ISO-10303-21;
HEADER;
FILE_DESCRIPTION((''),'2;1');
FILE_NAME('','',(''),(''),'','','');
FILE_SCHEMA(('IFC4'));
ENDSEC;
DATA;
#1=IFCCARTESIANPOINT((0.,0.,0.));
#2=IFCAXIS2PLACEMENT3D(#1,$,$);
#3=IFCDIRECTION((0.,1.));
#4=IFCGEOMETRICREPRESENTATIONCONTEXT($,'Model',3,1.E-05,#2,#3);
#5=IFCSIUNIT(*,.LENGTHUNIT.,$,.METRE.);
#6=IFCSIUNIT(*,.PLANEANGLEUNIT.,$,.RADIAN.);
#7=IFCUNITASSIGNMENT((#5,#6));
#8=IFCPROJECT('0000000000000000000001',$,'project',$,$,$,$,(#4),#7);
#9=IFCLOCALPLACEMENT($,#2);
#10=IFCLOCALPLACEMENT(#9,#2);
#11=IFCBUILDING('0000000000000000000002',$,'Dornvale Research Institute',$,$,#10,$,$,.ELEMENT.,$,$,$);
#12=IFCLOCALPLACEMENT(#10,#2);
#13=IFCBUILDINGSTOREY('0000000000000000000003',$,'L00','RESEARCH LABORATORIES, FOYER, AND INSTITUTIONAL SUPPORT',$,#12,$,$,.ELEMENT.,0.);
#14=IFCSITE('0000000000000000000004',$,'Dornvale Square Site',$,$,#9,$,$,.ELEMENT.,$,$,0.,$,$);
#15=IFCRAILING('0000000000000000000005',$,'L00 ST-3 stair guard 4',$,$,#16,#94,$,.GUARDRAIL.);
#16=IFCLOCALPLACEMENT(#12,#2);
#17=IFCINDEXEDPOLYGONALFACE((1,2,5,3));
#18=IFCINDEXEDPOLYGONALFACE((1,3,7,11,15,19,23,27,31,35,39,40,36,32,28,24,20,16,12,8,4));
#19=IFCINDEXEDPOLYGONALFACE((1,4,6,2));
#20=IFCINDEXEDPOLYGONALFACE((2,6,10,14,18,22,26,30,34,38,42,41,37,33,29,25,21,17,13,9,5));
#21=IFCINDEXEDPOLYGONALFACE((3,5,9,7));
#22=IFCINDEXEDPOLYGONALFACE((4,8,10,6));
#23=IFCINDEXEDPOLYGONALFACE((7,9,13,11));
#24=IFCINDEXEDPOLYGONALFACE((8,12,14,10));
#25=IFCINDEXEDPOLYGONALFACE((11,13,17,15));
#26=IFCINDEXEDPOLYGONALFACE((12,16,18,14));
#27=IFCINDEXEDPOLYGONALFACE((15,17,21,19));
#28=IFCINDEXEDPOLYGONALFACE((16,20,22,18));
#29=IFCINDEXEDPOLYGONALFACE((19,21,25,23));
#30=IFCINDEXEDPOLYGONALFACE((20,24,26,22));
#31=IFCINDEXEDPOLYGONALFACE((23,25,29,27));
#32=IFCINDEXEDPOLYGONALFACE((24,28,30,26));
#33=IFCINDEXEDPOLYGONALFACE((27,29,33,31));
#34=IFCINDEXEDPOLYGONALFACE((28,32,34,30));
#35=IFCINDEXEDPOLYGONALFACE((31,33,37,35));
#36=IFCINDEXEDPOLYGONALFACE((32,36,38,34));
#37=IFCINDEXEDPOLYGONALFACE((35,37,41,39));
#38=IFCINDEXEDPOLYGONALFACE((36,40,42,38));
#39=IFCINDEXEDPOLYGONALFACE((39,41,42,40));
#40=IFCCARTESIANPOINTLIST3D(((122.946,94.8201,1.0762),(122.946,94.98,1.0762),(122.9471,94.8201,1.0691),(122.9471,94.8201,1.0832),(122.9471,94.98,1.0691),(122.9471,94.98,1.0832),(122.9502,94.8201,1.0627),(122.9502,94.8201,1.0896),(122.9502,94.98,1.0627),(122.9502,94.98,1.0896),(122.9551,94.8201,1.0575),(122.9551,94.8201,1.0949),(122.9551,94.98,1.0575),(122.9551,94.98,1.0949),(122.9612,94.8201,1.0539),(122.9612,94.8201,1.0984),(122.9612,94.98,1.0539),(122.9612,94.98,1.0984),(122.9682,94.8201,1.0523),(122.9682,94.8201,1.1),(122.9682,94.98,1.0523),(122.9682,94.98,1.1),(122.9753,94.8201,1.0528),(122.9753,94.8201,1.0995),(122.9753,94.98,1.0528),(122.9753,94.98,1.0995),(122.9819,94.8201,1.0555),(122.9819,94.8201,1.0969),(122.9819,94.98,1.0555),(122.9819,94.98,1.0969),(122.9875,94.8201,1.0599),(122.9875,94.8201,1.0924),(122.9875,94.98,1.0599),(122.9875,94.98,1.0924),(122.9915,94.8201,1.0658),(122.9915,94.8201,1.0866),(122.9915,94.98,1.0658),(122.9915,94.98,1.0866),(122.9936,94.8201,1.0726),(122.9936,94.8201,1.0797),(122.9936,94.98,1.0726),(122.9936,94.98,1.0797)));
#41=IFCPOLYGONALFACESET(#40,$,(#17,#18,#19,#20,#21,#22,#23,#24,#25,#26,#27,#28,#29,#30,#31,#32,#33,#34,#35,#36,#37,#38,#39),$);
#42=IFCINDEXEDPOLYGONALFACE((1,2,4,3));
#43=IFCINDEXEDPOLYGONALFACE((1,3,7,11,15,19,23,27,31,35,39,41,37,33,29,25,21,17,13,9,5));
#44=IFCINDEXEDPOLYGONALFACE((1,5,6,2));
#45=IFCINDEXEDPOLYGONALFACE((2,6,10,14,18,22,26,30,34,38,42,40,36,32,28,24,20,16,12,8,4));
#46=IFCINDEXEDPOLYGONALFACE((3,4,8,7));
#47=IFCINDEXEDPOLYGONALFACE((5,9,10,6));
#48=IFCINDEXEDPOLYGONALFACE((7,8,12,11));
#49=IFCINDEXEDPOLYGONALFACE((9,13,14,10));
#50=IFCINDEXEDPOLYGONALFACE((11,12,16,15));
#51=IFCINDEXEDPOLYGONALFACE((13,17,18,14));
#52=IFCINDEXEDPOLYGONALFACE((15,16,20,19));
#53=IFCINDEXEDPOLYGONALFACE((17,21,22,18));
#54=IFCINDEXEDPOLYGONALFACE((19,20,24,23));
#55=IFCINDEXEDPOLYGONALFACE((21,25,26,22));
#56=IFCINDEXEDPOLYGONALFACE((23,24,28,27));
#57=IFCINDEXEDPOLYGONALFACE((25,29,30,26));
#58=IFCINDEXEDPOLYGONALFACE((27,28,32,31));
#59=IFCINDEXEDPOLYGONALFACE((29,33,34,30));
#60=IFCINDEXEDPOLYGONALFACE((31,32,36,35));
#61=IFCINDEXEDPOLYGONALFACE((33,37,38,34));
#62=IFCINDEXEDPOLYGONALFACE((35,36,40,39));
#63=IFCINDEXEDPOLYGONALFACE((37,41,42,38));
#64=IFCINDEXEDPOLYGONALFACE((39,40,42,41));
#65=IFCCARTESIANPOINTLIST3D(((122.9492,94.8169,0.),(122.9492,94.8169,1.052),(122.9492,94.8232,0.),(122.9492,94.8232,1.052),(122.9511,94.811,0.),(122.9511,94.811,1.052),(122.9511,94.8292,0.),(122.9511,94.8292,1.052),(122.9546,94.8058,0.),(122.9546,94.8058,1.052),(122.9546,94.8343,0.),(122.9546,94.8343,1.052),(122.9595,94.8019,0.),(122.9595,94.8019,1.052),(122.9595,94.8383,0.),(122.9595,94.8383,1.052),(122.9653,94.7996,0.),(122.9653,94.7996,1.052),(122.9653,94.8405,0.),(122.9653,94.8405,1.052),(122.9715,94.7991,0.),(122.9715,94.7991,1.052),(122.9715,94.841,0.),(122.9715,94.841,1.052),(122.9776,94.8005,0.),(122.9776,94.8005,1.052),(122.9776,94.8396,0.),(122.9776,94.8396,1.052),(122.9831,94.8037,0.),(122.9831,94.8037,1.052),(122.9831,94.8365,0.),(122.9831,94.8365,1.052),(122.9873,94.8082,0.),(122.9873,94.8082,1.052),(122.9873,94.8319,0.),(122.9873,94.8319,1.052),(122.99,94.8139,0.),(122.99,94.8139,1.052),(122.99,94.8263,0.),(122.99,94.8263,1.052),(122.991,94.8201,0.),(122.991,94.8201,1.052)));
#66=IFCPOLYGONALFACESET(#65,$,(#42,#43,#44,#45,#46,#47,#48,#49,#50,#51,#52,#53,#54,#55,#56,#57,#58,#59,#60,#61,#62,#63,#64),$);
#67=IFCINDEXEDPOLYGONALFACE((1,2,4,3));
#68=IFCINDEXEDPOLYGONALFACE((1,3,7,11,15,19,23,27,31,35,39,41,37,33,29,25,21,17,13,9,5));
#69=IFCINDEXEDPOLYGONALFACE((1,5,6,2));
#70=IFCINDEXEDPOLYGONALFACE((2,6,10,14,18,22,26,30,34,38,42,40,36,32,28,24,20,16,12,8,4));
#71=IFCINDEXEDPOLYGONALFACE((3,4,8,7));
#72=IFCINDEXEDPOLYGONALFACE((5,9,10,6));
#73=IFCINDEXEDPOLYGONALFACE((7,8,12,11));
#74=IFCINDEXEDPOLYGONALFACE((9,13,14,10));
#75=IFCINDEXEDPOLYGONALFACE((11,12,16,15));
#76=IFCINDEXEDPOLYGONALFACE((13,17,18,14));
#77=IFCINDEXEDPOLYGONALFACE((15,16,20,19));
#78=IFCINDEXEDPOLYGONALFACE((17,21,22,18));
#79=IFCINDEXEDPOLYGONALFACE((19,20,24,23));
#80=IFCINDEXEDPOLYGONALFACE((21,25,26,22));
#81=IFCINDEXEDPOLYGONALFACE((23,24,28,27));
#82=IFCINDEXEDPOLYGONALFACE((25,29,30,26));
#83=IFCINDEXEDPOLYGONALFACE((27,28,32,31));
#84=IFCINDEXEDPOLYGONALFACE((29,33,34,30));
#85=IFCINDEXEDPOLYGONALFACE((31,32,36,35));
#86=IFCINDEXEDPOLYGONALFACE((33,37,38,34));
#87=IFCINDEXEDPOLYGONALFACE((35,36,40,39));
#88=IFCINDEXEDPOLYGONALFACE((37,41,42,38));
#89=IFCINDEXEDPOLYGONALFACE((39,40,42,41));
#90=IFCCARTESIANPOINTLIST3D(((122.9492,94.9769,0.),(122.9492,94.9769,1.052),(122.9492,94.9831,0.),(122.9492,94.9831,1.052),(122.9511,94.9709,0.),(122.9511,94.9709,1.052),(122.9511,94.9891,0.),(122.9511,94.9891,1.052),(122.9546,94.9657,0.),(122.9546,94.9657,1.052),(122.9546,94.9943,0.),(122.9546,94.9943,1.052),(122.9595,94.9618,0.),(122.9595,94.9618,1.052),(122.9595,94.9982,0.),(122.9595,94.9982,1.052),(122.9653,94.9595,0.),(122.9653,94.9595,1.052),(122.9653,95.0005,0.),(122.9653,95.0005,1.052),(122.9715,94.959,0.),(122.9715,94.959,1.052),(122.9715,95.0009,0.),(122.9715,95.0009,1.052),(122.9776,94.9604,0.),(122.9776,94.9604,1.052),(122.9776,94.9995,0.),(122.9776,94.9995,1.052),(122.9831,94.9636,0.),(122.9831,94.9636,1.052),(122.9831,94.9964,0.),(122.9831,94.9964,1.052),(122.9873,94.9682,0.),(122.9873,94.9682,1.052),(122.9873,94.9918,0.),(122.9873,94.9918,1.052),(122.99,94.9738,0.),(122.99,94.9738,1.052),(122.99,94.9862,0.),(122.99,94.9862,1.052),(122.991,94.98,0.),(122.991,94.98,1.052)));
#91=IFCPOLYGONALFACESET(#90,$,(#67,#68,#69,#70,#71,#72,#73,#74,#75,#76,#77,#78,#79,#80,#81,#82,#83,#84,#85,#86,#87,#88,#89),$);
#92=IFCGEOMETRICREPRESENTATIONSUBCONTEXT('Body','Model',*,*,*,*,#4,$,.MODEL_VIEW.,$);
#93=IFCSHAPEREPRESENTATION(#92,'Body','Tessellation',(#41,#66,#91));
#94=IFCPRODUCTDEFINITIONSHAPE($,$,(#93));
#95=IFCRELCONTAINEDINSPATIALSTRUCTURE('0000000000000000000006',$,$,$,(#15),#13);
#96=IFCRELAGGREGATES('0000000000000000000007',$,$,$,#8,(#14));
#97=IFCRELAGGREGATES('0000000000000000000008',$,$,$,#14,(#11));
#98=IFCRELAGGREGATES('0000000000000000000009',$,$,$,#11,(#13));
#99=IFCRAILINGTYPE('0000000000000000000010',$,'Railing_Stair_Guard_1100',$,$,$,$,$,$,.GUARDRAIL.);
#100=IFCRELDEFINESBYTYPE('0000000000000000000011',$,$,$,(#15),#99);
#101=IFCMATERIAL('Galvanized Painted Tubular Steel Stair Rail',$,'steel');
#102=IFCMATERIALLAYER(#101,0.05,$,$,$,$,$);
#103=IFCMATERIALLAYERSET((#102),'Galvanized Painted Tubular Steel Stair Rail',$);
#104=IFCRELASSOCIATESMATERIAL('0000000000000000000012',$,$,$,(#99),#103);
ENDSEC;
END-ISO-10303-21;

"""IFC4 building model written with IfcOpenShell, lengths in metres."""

from ifc_helpers import new_model, si_unit, direction, frame, origin, origin_2d, place, context, subcontext, project, spatial, circle, extrude, material, layer, layer_set, type_object, element, save


model = new_model("IFC4")

# Units and contexts
model_context = context("Model", 3, precision=1e-05, world=origin(), true_north=direction((0.0, 1.0)))
body_context = subcontext(model_context, "Body", "Model", "MODEL_VIEW")
ifc_project = project(units=[si_unit("LENGTHUNIT", "METRE"), si_unit("PLANEANGLEUNIT", "RADIAN")], contexts=[model_context])

# Site, building, storey
site_placement = place(None, origin())
site = spatial("IfcSite", under=ifc_project, at=site_placement, Name="Dornvale Square Site", CompositionType="ELEMENT", RefElevation=0.0)
building_placement = place(site_placement, origin())
building = spatial("IfcBuilding", under=site, at=building_placement, Name="Dornvale Research Institute", CompositionType="ELEMENT")
storey_placement = place(building_placement, origin())
storey = spatial("IfcBuildingStorey", under=building, at=storey_placement, Name="L00", Description="RESEARCH LABORATORIES, FOYER, AND INSTITUTIONAL SUPPORT", CompositionType="ELEMENT", Elevation=0.0)

# Railing
ifc_material_1 = material(Name="Galvanized Painted Tubular Steel Stair Rail", Category="steel")
ifc_layer_1 = layer(ifc_material_1, 0.05)
ifc_layer_set_1 = layer_set([ifc_layer_1], Name="Galvanized Painted Tubular Steel Stair Rail")
railing_type_1 = type_object("IfcRailingType", Name="Railing_Stair_Guard_1100", PredefinedType="GUARDRAIL", material=ifc_layer_set_1)
railing_1_placement = place(storey_placement, frame((122.97, 94.8201, 0.0)))
element("IfcRailing", 1, at=railing_1_placement, inside=storey, type_object=railing_type_1, Name="L00 ST-3 stair guard 4", PredefinedType="GUARDRAIL", context=body_context, shape_type="SweptSolid", body=[
    extrude(circle(Radius=0.0239, at=origin_2d()), frame((0.0, 0.0, 1.0762), z_axis=(0.0, 1.0, 0.0), x_axis=(-1.0, 0.0, 0.0)), (0.0, 0.0, 1.0), 0.1599),
    extrude(circle(Radius=0.021, at=origin_2d()), origin(), (0.0, 0.0, 1.0), 1.052),
    extrude(circle(Radius=0.021, at=origin_2d()), frame((0.0, 0.1599, 0.0)), (0.0, 0.0, 1.0), 1.052),
])

save(model, "model.ifc")
